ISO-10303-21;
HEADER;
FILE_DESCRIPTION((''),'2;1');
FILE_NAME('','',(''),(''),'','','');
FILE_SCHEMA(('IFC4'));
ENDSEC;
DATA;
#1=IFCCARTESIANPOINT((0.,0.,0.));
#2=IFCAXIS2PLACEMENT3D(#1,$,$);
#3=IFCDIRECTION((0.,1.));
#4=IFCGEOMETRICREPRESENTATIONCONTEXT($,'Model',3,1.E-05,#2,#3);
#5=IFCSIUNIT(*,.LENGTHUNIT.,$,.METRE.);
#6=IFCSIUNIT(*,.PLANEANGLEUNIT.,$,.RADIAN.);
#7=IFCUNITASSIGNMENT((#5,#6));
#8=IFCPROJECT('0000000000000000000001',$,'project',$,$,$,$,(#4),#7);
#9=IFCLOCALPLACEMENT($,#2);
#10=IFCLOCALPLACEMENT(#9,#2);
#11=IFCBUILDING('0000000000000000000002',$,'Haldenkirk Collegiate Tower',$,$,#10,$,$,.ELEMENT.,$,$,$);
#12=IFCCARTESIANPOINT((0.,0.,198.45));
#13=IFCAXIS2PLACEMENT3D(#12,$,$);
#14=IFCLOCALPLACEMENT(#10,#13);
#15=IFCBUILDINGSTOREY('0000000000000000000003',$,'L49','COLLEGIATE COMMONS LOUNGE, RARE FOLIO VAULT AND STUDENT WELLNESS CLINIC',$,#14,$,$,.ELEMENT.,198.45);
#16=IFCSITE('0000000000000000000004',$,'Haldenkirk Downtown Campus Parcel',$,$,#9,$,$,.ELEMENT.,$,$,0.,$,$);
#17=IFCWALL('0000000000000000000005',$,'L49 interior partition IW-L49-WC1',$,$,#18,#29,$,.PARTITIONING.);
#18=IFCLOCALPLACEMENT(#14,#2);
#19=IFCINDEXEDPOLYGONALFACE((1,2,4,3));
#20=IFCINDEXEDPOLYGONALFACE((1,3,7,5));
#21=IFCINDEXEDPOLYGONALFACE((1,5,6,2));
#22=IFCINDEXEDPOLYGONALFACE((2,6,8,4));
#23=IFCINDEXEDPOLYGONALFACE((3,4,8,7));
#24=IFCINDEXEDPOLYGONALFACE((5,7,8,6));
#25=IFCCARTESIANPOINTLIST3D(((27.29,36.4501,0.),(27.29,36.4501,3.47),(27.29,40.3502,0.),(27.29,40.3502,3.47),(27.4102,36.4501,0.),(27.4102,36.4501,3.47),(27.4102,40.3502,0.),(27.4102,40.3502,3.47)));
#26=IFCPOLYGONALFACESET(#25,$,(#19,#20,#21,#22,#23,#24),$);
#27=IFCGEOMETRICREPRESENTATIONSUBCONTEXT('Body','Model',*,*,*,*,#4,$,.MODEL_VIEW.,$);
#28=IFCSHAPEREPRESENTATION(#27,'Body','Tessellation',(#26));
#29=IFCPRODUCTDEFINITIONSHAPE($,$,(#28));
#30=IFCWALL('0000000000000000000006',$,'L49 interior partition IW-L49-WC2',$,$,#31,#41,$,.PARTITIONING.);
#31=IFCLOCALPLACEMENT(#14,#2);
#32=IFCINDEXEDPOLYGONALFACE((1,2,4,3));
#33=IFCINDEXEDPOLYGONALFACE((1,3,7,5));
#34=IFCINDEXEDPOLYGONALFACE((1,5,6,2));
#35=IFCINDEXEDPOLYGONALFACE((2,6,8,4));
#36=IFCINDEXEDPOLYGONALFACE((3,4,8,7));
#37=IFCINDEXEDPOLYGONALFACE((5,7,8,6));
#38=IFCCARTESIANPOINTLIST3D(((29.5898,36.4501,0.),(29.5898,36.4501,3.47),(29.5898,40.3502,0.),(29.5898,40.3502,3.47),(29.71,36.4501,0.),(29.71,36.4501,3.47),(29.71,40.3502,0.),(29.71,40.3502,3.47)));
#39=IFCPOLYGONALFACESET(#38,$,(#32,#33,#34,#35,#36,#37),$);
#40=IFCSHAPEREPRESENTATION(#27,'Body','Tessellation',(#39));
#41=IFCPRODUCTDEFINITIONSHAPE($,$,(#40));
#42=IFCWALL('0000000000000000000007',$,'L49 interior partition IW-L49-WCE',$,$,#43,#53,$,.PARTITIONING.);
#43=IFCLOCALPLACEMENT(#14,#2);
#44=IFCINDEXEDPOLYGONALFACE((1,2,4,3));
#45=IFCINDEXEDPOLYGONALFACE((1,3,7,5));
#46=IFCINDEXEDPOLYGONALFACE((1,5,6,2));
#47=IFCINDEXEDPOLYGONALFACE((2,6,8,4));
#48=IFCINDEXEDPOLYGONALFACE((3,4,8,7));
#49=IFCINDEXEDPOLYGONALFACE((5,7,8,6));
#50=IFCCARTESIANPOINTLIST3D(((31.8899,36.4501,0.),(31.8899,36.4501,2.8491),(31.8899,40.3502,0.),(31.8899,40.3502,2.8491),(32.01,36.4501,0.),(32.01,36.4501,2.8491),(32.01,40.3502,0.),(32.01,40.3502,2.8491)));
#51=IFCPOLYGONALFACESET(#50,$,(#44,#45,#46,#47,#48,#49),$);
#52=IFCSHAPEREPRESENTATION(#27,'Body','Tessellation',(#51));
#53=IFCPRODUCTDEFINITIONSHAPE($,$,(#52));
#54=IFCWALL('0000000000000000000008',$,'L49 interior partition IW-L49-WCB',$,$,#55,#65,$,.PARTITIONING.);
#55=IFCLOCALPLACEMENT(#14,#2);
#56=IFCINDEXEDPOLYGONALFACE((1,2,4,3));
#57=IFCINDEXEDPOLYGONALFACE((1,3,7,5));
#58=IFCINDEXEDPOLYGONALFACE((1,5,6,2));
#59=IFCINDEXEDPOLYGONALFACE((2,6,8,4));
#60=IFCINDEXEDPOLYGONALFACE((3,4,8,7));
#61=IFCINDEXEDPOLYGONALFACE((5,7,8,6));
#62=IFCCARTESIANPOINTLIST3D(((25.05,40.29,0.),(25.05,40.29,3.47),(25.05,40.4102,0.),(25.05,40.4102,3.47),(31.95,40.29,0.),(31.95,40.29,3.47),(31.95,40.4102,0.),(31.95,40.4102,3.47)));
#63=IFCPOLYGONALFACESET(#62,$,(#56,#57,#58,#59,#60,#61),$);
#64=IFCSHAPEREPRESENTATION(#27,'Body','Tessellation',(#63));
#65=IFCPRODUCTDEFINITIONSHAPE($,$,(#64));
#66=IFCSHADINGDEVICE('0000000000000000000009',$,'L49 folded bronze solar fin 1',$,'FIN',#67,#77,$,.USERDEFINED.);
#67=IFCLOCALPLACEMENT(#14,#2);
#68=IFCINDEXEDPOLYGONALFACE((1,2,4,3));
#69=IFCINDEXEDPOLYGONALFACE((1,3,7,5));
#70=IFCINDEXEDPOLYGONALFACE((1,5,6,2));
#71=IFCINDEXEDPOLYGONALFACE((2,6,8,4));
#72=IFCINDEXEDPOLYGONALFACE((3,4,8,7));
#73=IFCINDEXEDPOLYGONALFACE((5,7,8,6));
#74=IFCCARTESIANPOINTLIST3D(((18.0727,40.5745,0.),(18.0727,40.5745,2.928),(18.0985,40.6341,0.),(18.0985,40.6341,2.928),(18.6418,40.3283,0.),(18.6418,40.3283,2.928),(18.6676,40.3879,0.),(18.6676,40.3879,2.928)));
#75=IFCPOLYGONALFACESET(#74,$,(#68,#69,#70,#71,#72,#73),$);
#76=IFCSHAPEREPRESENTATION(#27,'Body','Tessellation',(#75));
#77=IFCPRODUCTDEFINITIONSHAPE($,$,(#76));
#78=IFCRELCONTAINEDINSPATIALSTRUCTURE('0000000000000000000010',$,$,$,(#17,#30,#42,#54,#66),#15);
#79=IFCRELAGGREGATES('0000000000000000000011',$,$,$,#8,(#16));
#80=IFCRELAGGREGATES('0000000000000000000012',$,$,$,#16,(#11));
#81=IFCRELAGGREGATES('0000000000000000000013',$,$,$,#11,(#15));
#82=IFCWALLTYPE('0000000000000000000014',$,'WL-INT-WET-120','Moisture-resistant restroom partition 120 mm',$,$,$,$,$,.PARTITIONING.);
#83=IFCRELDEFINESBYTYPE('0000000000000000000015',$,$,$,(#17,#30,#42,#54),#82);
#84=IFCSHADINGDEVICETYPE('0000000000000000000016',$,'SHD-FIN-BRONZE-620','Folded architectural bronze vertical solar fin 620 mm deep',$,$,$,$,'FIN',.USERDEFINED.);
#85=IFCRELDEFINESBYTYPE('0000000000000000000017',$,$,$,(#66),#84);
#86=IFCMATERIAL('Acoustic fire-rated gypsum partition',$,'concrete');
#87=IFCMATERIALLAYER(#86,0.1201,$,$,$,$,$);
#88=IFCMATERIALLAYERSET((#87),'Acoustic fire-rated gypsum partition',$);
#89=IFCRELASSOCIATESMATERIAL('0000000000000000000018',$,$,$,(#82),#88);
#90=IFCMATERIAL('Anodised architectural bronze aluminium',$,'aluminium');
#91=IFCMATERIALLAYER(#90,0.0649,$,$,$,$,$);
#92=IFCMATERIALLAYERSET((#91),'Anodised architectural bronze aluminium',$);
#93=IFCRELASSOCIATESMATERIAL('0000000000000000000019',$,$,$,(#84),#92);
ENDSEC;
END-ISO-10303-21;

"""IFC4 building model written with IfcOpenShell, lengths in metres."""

from ifc_helpers import new_model, si_unit, direction, frame, frame_2d, origin, origin_2d, place, context, subcontext, project, spatial, rectangle, extrude, source, transform, mapped, material, layer, layer_set, type_object, element, save


model = new_model("IFC4")

# Units and contexts
model_context = context("Model", 3, precision=1e-05, world=origin(), true_north=direction((0.0, 1.0)))
body_context = subcontext(model_context, "Body", "Model", "MODEL_VIEW")
ifc_project = project(units=[si_unit("LENGTHUNIT", "METRE"), si_unit("PLANEANGLEUNIT", "RADIAN")], contexts=[model_context])

# Site, building, storey
site_placement = place(None, origin())
site = spatial("IfcSite", under=ifc_project, at=site_placement, Name="Haldenkirk Downtown Campus Parcel", CompositionType="ELEMENT", RefElevation=0.0)
building_placement = place(site_placement, origin())
building = spatial("IfcBuilding", under=site, at=building_placement, Name="Haldenkirk Collegiate Tower", CompositionType="ELEMENT")
storey_placement = place(building_placement, frame((0.0, 0.0, 198.45)))
storey = spatial("IfcBuildingStorey", under=building, at=storey_placement, Name="L49", Description="COLLEGIATE COMMONS LOUNGE, RARE FOLIO VAULT AND STUDENT WELLNESS CLINIC", CompositionType="ELEMENT", Elevation=198.45)

# Shared definitions
ifc_material_1 = material(Name="Anodised architectural bronze aluminium", Category="aluminium")

# Shared definitions
ifc_material_2 = material(Name="Acoustic fire-rated gypsum partition", Category="concrete")

# Walls
ifc_layer_1 = layer(ifc_material_2, 0.1201)
ifc_layer_set_1 = layer_set([ifc_layer_1], Name="Acoustic fire-rated gypsum partition")
wall_type_1 = type_object("IfcWallType", Name="WL-INT-WET-120", Description="Moisture-resistant restroom partition 120 mm", PredefinedType="PARTITIONING", material=ifc_layer_set_1)
for number, where, z_axis, x_axis, name in (
    (1, (27.3501, 36.45, 0.0), (0.0, 0.0, 1.0), (0.0, 1.0, 0.0), "L49 interior partition IW-L49-WC1"),
    (2, (29.6499, 36.45, 0.0), (0.0, 0.0, 1.0), (0.0, 1.0, 0.0), "L49 interior partition IW-L49-WC2"),
):
    element("IfcWall", number, at=place(storey_placement, frame(where, z_axis=z_axis, x_axis=x_axis)), inside=storey, type_object=wall_type_1, Name=name, PredefinedType="PARTITIONING", context=body_context, shape_type="SweptSolid", body=[
        extrude(rectangle(XDim=3.9001, YDim=0.1201, at=frame_2d((1.9502, 0.0))), origin(), (0.0, 0.0, 1.0), 3.47),
    ])
wall_1_placement = place(storey_placement, frame((31.95, 36.45, 0.0), z_axis=(0.0, 0.0, 1.0), x_axis=(0.0, 1.0, 0.0)))
element("IfcWall", 3, at=wall_1_placement, inside=storey, type_object=wall_type_1, Name="L49 interior partition IW-L49-WCE", PredefinedType="PARTITIONING", context=body_context, shape_type="SweptSolid", body=[
    extrude(rectangle(XDim=3.9001, YDim=0.1201, at=frame_2d((1.9502, 0.0))), origin(), (0.0, 0.0, 1.0), 2.8491),
])
wall_2_placement = place(storey_placement, frame((25.05, 40.3501, 0.0), z_axis=(0.0, 0.0, 1.0), x_axis=(1.0, 0.0, 0.0)))
element("IfcWall", 4, at=wall_2_placement, inside=storey, type_object=wall_type_1, Name="L49 interior partition IW-L49-WCB", PredefinedType="PARTITIONING", context=body_context, shape_type="SweptSolid", body=[
    extrude(rectangle(XDim=6.8999, YDim=0.1201, at=frame_2d((3.45, 0.0))), origin(), (0.0, 0.0, 1.0), 3.47),
])

# Shading device
ifc_layer_2 = layer(ifc_material_1, 0.0649)
ifc_layer_set_2 = layer_set([ifc_layer_2], Name="Anodised architectural bronze aluminium")
shading_device_type = type_object("IfcShadingDeviceType", Name="SHD-FIN-BRONZE-620", Description="Folded architectural bronze vertical solar fin 620 mm deep", ElementType="FIN", PredefinedType="USERDEFINED", material=ifc_layer_set_2)
shared_shape_1 = source(origin(), body_context, "Body", "SweptSolid", [
    extrude(rectangle(XDim=0.6201, YDim=0.0649, at=origin_2d()), origin(), (0.0, 0.0, 1.0), 2.928),
])
shading_device_placement = place(storey_placement, frame((18.3701, 40.4812, 0.0), z_axis=(0.0, 0.0, 1.0), x_axis=(-0.917755, 0.397148, 0.0)))
element("IfcShadingDevice", 5, at=shading_device_placement, inside=storey, type_object=shading_device_type, Name="L49 folded bronze solar fin 1", ObjectType="FIN", PredefinedType="USERDEFINED", context=body_context, shape_type="MappedRepresentation", body=[
    mapped(shared_shape_1, transform((0.0, 0.0, 0.0), x_axis=(1.0, 0.0, 0.0), y_axis=(0.0, 1.0, 0.0), z_axis=(0.0, 0.0, 1.0), scale=1.0)),
])

save(model, "model.ifc")
